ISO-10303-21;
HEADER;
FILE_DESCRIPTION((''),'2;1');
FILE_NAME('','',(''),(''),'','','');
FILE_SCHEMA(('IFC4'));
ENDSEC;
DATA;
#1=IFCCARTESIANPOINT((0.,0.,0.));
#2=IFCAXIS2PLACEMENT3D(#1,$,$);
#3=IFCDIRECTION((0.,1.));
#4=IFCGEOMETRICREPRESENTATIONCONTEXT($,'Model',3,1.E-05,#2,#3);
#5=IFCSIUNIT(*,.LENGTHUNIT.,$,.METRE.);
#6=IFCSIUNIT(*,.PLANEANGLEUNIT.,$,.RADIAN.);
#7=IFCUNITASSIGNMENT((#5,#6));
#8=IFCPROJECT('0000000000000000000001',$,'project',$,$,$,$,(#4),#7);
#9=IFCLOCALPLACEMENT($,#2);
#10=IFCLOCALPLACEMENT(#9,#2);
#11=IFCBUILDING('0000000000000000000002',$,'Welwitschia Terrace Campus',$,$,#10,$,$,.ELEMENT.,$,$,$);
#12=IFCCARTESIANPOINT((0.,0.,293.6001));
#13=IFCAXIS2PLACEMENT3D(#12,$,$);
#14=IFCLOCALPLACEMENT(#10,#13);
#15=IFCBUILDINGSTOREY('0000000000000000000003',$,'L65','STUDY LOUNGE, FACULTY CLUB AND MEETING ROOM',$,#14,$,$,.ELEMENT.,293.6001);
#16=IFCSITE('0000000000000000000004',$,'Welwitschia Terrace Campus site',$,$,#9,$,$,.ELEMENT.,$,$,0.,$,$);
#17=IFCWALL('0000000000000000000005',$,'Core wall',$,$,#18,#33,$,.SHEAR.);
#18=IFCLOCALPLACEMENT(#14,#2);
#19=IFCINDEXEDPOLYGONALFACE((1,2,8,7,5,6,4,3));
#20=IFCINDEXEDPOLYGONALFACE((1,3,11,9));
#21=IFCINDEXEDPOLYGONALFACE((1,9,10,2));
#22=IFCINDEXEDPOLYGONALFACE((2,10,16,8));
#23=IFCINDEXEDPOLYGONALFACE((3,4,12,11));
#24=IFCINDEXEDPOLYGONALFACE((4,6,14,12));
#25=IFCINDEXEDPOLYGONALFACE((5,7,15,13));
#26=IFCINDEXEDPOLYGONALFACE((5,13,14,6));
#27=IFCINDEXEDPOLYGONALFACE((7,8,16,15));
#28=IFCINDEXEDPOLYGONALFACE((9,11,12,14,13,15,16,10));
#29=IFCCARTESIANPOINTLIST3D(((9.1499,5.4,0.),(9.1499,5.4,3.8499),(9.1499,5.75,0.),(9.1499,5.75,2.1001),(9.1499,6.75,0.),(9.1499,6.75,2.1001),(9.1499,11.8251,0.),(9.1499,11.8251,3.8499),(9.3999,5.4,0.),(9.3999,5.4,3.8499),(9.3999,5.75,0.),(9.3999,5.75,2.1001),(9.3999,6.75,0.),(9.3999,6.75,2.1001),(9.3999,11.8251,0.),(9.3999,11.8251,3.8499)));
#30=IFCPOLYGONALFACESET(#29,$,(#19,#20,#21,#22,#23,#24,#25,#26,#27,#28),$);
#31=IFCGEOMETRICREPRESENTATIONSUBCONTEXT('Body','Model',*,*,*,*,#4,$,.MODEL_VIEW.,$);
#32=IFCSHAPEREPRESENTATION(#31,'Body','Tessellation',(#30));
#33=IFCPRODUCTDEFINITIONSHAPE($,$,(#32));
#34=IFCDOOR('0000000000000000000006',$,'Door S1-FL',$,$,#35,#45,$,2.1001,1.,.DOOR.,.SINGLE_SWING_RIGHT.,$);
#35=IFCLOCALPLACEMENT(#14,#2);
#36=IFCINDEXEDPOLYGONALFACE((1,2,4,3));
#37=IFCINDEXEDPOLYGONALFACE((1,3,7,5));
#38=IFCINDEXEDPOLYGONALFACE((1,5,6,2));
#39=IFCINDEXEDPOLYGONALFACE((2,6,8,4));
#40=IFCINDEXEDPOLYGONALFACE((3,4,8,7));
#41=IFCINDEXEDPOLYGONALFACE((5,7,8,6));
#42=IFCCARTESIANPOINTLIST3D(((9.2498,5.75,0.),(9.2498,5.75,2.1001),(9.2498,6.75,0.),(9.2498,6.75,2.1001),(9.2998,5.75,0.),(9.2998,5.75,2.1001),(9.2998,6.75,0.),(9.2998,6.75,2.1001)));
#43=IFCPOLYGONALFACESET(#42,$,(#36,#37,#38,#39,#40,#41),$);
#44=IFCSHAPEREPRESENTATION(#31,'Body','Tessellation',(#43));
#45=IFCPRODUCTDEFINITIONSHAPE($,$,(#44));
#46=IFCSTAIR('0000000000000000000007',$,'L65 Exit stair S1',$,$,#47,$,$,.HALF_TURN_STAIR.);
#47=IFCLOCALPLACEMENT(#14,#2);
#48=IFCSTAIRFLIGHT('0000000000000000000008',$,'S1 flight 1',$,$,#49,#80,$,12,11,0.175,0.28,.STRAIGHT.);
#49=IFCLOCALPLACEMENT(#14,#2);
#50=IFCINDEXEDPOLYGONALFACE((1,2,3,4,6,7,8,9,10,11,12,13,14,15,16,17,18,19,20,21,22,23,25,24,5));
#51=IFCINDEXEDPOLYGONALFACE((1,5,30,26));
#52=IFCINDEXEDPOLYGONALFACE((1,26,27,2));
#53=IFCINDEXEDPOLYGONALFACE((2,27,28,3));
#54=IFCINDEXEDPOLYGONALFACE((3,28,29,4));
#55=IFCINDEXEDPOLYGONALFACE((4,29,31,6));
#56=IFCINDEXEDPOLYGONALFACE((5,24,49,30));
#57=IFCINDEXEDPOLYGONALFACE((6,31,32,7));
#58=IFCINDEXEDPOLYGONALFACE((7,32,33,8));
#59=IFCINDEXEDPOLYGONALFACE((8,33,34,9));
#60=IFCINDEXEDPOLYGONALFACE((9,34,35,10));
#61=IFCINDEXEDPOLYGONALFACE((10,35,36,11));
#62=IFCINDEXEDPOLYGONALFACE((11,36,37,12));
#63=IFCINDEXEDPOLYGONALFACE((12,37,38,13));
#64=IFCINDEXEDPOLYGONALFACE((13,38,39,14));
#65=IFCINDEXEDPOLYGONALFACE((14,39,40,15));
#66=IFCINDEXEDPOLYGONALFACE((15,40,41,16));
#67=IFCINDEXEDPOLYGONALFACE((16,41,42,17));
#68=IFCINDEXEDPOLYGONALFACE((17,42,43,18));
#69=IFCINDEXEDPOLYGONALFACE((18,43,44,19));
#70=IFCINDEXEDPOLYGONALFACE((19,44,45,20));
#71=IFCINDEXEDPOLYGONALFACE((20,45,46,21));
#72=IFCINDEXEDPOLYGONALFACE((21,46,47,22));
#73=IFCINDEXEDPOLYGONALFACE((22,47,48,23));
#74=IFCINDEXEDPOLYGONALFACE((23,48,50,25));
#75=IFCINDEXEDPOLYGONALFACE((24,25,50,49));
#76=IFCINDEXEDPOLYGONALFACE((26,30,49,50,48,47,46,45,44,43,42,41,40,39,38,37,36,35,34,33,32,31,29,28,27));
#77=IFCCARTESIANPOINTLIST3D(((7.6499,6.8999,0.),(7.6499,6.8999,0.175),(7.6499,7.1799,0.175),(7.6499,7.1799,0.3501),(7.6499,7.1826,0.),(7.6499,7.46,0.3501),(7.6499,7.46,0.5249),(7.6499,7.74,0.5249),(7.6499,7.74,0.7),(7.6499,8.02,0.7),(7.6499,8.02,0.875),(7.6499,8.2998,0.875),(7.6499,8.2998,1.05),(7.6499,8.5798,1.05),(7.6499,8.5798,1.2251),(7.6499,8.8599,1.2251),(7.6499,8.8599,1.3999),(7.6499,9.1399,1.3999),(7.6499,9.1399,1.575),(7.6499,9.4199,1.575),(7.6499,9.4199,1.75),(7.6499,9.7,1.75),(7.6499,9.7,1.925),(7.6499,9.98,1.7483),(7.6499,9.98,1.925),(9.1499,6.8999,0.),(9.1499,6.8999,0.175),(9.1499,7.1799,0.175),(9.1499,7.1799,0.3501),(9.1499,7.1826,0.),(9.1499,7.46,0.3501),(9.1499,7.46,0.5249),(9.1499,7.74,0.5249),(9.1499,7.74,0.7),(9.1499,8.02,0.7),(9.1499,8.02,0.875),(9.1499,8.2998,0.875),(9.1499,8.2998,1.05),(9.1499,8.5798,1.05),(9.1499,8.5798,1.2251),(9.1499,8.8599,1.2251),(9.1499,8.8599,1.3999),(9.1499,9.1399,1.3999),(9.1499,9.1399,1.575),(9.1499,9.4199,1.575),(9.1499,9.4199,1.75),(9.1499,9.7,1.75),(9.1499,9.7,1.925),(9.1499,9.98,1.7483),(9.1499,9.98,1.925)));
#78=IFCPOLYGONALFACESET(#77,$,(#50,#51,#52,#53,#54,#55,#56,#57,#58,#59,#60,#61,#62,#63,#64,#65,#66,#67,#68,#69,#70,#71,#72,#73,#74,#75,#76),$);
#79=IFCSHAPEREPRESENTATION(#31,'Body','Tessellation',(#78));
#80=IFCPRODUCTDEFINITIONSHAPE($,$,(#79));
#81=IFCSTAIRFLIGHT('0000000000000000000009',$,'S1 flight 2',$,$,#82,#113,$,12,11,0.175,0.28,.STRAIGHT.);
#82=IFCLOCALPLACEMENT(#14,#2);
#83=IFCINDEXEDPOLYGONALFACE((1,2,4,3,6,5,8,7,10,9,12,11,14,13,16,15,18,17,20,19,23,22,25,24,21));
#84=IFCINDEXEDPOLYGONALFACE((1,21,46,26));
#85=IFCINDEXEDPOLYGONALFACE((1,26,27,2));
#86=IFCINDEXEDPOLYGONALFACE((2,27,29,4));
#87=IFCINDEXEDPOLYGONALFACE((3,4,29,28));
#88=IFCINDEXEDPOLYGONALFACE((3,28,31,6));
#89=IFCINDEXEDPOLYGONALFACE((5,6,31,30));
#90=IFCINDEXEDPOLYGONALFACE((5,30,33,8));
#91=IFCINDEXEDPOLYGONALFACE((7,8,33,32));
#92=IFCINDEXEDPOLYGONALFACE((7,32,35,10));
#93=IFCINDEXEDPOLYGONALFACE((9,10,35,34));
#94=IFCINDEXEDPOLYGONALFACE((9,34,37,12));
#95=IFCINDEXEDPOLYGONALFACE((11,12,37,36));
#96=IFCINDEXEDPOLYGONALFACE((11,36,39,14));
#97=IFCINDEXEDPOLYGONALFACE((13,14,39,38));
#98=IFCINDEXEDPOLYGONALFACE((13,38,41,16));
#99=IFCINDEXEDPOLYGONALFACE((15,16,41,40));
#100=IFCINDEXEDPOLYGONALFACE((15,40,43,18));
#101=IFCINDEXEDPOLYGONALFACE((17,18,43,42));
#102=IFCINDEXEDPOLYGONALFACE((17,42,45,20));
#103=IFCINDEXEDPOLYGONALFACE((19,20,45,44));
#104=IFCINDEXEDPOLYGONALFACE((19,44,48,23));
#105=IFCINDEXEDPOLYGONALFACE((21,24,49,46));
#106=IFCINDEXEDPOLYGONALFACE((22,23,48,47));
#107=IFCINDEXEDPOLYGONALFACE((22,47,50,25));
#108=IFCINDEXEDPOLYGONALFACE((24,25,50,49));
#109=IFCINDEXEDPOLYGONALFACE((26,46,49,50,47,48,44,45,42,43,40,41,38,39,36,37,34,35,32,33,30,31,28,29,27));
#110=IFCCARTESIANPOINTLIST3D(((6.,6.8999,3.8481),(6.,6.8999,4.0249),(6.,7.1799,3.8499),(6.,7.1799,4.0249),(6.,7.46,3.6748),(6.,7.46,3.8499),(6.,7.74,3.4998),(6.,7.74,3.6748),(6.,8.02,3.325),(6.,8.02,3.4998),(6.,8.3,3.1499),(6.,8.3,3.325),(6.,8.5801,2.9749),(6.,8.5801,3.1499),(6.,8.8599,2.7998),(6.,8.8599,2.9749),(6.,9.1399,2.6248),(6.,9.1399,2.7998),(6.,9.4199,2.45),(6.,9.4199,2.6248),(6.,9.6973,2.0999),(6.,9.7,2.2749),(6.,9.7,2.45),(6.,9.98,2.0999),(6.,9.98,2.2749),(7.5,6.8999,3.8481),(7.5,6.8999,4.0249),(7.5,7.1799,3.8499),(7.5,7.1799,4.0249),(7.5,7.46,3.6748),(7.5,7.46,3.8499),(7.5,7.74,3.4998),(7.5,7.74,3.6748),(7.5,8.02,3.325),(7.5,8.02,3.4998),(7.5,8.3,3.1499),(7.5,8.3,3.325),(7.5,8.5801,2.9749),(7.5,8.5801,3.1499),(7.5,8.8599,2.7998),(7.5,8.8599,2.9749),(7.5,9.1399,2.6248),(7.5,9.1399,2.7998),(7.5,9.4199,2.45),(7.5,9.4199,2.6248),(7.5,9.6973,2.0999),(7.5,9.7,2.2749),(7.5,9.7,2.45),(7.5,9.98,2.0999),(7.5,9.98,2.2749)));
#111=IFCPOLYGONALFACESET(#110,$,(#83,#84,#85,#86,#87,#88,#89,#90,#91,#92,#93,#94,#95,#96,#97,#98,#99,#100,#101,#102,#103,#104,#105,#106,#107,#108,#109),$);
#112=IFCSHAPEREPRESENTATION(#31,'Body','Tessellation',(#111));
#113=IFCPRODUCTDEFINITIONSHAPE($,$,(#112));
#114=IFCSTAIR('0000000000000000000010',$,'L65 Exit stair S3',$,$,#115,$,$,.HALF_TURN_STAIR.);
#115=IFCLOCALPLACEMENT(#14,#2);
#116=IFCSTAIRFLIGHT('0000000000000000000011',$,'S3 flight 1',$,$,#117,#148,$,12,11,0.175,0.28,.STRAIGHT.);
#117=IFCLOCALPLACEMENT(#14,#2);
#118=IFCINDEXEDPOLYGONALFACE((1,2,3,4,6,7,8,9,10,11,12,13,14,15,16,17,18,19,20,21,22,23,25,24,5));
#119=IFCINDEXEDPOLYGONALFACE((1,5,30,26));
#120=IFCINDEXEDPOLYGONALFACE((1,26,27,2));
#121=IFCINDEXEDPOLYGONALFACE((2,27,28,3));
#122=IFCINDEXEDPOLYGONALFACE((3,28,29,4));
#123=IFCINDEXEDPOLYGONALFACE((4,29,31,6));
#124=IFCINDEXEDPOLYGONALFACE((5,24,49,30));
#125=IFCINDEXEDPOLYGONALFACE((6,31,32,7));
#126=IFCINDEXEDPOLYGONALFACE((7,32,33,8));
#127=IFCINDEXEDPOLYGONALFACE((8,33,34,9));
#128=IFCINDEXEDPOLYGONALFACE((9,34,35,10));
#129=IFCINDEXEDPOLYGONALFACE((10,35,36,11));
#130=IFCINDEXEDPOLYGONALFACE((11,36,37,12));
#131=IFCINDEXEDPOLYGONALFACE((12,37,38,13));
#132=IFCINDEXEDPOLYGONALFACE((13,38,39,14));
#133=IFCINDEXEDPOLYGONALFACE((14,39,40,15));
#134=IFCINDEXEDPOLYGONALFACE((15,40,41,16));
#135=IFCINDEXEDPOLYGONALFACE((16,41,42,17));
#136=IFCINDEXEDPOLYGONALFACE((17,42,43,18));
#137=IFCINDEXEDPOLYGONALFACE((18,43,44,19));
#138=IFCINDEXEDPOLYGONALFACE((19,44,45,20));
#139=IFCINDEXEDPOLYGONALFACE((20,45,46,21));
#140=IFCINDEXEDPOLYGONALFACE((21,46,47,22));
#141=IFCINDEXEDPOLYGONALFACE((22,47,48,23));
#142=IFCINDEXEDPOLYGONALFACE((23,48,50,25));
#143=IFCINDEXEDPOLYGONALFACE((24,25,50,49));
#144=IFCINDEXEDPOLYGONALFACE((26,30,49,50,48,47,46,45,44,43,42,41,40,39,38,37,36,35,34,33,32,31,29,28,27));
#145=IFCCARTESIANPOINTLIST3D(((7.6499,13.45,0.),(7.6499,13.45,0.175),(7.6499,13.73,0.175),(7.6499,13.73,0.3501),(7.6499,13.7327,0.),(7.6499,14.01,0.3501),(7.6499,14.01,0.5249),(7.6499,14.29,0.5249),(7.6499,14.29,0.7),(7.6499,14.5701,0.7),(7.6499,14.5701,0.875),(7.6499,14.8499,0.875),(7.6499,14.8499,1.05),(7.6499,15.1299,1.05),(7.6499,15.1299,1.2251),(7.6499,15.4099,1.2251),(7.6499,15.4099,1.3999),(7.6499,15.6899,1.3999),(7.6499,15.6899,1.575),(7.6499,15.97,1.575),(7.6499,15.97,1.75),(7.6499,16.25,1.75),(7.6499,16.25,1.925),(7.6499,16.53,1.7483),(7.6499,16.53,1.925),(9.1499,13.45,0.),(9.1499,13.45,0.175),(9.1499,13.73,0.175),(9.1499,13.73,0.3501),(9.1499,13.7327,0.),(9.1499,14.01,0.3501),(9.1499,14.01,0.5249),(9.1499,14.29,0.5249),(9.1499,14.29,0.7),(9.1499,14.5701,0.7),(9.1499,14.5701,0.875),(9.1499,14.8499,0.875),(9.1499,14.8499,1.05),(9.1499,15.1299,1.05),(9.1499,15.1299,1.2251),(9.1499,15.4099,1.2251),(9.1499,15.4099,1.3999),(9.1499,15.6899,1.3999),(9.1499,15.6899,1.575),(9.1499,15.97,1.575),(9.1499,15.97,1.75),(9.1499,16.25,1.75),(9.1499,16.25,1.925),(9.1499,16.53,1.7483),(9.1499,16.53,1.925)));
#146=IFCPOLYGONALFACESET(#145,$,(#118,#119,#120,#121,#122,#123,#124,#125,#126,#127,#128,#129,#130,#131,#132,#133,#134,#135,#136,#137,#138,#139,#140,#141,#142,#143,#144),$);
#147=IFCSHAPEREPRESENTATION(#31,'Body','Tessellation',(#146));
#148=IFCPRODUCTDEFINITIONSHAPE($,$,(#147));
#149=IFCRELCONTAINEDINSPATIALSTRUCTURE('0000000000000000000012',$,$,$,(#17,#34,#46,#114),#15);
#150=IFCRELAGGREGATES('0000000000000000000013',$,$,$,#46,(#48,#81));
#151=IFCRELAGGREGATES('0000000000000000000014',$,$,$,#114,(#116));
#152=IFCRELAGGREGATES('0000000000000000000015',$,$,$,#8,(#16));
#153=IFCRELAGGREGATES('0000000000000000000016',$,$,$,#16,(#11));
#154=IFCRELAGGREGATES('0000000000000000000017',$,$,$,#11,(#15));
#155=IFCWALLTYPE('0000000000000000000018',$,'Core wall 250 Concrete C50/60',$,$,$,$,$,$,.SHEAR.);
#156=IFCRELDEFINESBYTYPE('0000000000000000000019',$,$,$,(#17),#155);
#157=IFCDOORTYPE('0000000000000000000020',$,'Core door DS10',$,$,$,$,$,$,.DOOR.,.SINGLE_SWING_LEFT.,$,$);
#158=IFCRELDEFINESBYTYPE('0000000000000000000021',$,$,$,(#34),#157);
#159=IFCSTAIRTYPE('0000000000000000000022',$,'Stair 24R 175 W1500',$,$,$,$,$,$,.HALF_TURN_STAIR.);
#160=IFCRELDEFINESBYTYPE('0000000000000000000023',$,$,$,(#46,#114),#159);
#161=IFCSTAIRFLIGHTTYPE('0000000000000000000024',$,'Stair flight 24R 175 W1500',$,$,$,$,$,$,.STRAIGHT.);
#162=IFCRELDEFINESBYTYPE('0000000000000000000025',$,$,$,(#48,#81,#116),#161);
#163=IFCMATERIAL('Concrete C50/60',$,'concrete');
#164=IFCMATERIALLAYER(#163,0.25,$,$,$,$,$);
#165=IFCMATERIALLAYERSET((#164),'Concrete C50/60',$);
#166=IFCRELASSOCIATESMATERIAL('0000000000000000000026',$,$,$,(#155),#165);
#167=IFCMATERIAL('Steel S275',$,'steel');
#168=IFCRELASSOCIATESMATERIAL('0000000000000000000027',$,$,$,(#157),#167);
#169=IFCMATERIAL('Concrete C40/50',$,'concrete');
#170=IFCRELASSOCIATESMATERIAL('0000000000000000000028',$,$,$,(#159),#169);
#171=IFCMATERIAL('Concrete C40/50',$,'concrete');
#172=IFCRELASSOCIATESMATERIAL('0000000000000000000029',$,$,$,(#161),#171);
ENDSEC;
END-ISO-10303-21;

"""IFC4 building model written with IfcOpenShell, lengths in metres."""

from ifc_helpers import new_model, si_unit, direction, frame, frame_2d, origin, place, context, subcontext, project, spatial, polyline, rectangle, outline, extrude, material, layer, layer_set, type_object, element, fill, aggregate, save


model = new_model("IFC4")

# Units and contexts
model_context = context("Model", 3, precision=1e-05, world=origin(), true_north=direction((0.0, 1.0)))
body_context = subcontext(model_context, "Body", "Model", "MODEL_VIEW")
ifc_project = project(units=[si_unit("LENGTHUNIT", "METRE"), si_unit("PLANEANGLEUNIT", "RADIAN")], contexts=[model_context])

# Site, building, storey
site_placement = place(None, origin())
site = spatial("IfcSite", under=ifc_project, at=site_placement, Name="Welwitschia Terrace Campus site", CompositionType="ELEMENT", RefElevation=0.0)
building_placement = place(site_placement, origin())
building = spatial("IfcBuilding", under=site, at=building_placement, Name="Welwitschia Terrace Campus", CompositionType="ELEMENT")
storey_placement = place(building_placement, frame((0.0, 0.0, 293.6001)))
storey = spatial("IfcBuildingStorey", under=building, at=storey_placement, Name="L65", Description="STUDY LOUNGE, FACULTY CLUB AND MEETING ROOM", CompositionType="ELEMENT", Elevation=293.6001)

# Shared definitions
ifc_material_1 = material(Name="Concrete C50/60", Category="concrete")
ifc_layer_1 = layer(ifc_material_1, 0.25)
ifc_layer_set_1 = layer_set([ifc_layer_1], Name="Concrete C50/60")
wall_type_1 = type_object("IfcWallType", Name="Core wall 250 Concrete C50/60", PredefinedType="SHEAR", material=ifc_layer_set_1)

# Wall, opening, door
wall_1_placement = place(storey_placement, frame((9.2749, 11.825, 0.0), z_axis=(0.0, 0.0, 1.0), x_axis=(0.0, -1.0, 0.0)))
wall_1 = element("IfcWall", 1, at=wall_1_placement, inside=storey, type_object=wall_type_1, Name="Core wall", PredefinedType="SHEAR", context=body_context, shape_type="SweptSolid", body=[
    extrude(rectangle(XDim=6.425, YDim=0.25, at=frame_2d((3.2124, 0.0))), origin(), (0.0, 0.0, 1.0), 3.8499),
])
opening_placement = place(wall_1_placement, frame((5.075, 0.0, 0.0)))
opening = element("IfcOpeningElement", 2, at=opening_placement, cuts=wall_1, PredefinedType="OPENING", context=body_context, shape_type="SweptSolid", body=[
    extrude(rectangle(XDim=1.0, YDim=2.1001, at=frame_2d((0.5, 1.05))), frame((0.0, 0.135, 0.0), z_axis=(0.0, -1.0, 0.0), x_axis=(1.0, 0.0, 0.0)), (0.0, 0.0, 1.0), 0.27),
])
ifc_material_2 = material(Name="Steel S275", Category="steel")
door_type = type_object("IfcDoorType", Name="Core door DS10", OperationType="SINGLE_SWING_LEFT", PredefinedType="DOOR", material=ifc_material_2)
door_placement = place(opening_placement, origin())
door = element("IfcDoor", 3, at=door_placement, inside=storey, type_object=door_type, Name="Door S1-FL", OperationType="SINGLE_SWING_RIGHT", OverallHeight=2.1001, OverallWidth=1.0, PredefinedType="DOOR", context=body_context, shape_type="SweptSolid", body=[
    extrude(rectangle(XDim=1.0, YDim=2.1001, at=frame_2d((0.5, 1.05))), frame((0.0, 0.0249, 0.0), z_axis=(0.0, -1.0, 0.0), x_axis=(1.0, 0.0, 0.0)), (0.0, 0.0, 1.0), 0.05),
])
fill(opening, door)

# Stair, stair flights
ifc_material_3 = material(Name="Concrete C40/50", Category="concrete")
stair_type = type_object("IfcStairType", Name="Stair 24R 175 W1500", PredefinedType="HALF_TURN_STAIR", material=ifc_material_3)
stair_1_placement = place(storey_placement, origin())
stair_1 = element("IfcStair", 4, at=stair_1_placement, inside=storey, type_object=stair_type, Name="L65 Exit stair S1", PredefinedType="HALF_TURN_STAIR")
ifc_material_4 = material(Name="Concrete C40/50", Category="concrete")
stair_flight_type = type_object("IfcStairFlightType", Name="Stair flight 24R 175 W1500", PredefinedType="STRAIGHT", material=ifc_material_4)
stair_flight_1_placement = place(storey_placement, frame((8.3999, 6.8999, 0.0), z_axis=(0.0, 0.0, 1.0), x_axis=(0.0, 1.0, 0.0)))
stair_flight_1 = element("IfcStairFlight", 5, at=stair_flight_1_placement, type_object=stair_flight_type, Name="S1 flight 1", NumberOfRisers=12, NumberOfTreads=11, PredefinedType="STRAIGHT", RiserHeight=0.175, TreadLength=0.28, context=body_context, shape_type="SweptSolid", body=[
    extrude(outline(polyline([(0.0, 0.0), (0.0, 0.175), (0.28, 0.175), (0.28, 0.3501), (0.5601, 0.3501), (0.5601, 0.5249), (0.8401, 0.5249), (0.8401, 0.7), (1.1201, 0.7), (1.1201, 0.875), (1.3999, 0.875), (1.3999, 1.05), (1.6799, 1.05), (1.6799, 1.2251), (1.96, 1.2251), (1.96, 1.3999), (2.24, 1.3999), (2.24, 1.575), (2.52, 1.575), (2.52, 1.75), (2.8, 1.75), (2.8, 1.925), (3.0801, 1.925), (3.0801, 2.1001), (3.0801, 1.7483), (0.2827, 0.0), (0.0, 0.0)])), frame((0.0, 0.75, 0.0), z_axis=(0.0, -1.0, 0.0), x_axis=(1.0, 0.0, 0.0)), (0.0, 0.0, 1.0), 1.5),
])
stair_flight_2_placement = place(storey_placement, frame((6.75, 9.98, 2.0999), z_axis=(0.0, 0.0, 1.0), x_axis=(0.0, -1.0, 0.0)))
stair_flight_2 = element("IfcStairFlight", 6, at=stair_flight_2_placement, type_object=stair_flight_type, Name="S1 flight 2", NumberOfRisers=12, NumberOfTreads=11, PredefinedType="STRAIGHT", RiserHeight=0.175, TreadLength=0.28, context=body_context, shape_type="SweptSolid", body=[
    extrude(outline(polyline([(0.0, 0.0), (0.0, 0.175), (0.28, 0.175), (0.28, 0.3501), (0.5601, 0.3501), (0.5601, 0.5249), (0.8401, 0.5249), (0.8401, 0.7), (1.1201, 0.7), (1.1201, 0.875), (1.3999, 0.875), (1.3999, 1.05), (1.6799, 1.05), (1.6799, 1.2251), (1.96, 1.2251), (1.96, 1.3999), (2.24, 1.3999), (2.24, 1.575), (2.52, 1.575), (2.52, 1.75), (2.8, 1.75), (2.8, 1.925), (3.0801, 1.925), (3.0801, 2.1001), (3.0801, 1.7483), (0.2827, 0.0), (0.0, 0.0)])), frame((0.0, 0.75, 0.0), z_axis=(0.0, -1.0, 0.0), x_axis=(1.0, 0.0, 0.0)), (0.0, 0.0, 1.0), 1.5),
])
aggregate(stair_1, [stair_flight_1, stair_flight_2])

# Stair, stair flight
stair_2_placement = place(storey_placement, origin())
stair_2 = element("IfcStair", 7, at=stair_2_placement, inside=storey, type_object=stair_type, Name="L65 Exit stair S3", PredefinedType="HALF_TURN_STAIR")
stair_flight_3_placement = place(storey_placement, frame((8.3999, 13.45, 0.0), z_axis=(0.0, 0.0, 1.0), x_axis=(0.0, 1.0, 0.0)))
stair_flight_3 = element("IfcStairFlight", 8, at=stair_flight_3_placement, type_object=stair_flight_type, Name="S3 flight 1", NumberOfRisers=12, NumberOfTreads=11, PredefinedType="STRAIGHT", RiserHeight=0.175, TreadLength=0.28, context=body_context, shape_type="SweptSolid", body=[
    extrude(outline(polyline([(0.0, 0.0), (0.0, 0.175), (0.28, 0.175), (0.28, 0.3501), (0.5601, 0.3501), (0.5601, 0.5249), (0.8401, 0.5249), (0.8401, 0.7), (1.1201, 0.7), (1.1201, 0.875), (1.3999, 0.875), (1.3999, 1.05), (1.6799, 1.05), (1.6799, 1.2251), (1.96, 1.2251), (1.96, 1.3999), (2.24, 1.3999), (2.24, 1.575), (2.52, 1.575), (2.52, 1.75), (2.8, 1.75), (2.8, 1.925), (3.0801, 1.925), (3.0801, 2.1001), (3.0801, 1.7483), (0.2827, 0.0), (0.0, 0.0)])), frame((0.0, 0.75, 0.0), z_axis=(0.0, -1.0, 0.0), x_axis=(1.0, 0.0, 0.0)), (0.0, 0.0, 1.0), 1.5),
])
aggregate(stair_2, [stair_flight_3])

save(model, "model.ifc")
